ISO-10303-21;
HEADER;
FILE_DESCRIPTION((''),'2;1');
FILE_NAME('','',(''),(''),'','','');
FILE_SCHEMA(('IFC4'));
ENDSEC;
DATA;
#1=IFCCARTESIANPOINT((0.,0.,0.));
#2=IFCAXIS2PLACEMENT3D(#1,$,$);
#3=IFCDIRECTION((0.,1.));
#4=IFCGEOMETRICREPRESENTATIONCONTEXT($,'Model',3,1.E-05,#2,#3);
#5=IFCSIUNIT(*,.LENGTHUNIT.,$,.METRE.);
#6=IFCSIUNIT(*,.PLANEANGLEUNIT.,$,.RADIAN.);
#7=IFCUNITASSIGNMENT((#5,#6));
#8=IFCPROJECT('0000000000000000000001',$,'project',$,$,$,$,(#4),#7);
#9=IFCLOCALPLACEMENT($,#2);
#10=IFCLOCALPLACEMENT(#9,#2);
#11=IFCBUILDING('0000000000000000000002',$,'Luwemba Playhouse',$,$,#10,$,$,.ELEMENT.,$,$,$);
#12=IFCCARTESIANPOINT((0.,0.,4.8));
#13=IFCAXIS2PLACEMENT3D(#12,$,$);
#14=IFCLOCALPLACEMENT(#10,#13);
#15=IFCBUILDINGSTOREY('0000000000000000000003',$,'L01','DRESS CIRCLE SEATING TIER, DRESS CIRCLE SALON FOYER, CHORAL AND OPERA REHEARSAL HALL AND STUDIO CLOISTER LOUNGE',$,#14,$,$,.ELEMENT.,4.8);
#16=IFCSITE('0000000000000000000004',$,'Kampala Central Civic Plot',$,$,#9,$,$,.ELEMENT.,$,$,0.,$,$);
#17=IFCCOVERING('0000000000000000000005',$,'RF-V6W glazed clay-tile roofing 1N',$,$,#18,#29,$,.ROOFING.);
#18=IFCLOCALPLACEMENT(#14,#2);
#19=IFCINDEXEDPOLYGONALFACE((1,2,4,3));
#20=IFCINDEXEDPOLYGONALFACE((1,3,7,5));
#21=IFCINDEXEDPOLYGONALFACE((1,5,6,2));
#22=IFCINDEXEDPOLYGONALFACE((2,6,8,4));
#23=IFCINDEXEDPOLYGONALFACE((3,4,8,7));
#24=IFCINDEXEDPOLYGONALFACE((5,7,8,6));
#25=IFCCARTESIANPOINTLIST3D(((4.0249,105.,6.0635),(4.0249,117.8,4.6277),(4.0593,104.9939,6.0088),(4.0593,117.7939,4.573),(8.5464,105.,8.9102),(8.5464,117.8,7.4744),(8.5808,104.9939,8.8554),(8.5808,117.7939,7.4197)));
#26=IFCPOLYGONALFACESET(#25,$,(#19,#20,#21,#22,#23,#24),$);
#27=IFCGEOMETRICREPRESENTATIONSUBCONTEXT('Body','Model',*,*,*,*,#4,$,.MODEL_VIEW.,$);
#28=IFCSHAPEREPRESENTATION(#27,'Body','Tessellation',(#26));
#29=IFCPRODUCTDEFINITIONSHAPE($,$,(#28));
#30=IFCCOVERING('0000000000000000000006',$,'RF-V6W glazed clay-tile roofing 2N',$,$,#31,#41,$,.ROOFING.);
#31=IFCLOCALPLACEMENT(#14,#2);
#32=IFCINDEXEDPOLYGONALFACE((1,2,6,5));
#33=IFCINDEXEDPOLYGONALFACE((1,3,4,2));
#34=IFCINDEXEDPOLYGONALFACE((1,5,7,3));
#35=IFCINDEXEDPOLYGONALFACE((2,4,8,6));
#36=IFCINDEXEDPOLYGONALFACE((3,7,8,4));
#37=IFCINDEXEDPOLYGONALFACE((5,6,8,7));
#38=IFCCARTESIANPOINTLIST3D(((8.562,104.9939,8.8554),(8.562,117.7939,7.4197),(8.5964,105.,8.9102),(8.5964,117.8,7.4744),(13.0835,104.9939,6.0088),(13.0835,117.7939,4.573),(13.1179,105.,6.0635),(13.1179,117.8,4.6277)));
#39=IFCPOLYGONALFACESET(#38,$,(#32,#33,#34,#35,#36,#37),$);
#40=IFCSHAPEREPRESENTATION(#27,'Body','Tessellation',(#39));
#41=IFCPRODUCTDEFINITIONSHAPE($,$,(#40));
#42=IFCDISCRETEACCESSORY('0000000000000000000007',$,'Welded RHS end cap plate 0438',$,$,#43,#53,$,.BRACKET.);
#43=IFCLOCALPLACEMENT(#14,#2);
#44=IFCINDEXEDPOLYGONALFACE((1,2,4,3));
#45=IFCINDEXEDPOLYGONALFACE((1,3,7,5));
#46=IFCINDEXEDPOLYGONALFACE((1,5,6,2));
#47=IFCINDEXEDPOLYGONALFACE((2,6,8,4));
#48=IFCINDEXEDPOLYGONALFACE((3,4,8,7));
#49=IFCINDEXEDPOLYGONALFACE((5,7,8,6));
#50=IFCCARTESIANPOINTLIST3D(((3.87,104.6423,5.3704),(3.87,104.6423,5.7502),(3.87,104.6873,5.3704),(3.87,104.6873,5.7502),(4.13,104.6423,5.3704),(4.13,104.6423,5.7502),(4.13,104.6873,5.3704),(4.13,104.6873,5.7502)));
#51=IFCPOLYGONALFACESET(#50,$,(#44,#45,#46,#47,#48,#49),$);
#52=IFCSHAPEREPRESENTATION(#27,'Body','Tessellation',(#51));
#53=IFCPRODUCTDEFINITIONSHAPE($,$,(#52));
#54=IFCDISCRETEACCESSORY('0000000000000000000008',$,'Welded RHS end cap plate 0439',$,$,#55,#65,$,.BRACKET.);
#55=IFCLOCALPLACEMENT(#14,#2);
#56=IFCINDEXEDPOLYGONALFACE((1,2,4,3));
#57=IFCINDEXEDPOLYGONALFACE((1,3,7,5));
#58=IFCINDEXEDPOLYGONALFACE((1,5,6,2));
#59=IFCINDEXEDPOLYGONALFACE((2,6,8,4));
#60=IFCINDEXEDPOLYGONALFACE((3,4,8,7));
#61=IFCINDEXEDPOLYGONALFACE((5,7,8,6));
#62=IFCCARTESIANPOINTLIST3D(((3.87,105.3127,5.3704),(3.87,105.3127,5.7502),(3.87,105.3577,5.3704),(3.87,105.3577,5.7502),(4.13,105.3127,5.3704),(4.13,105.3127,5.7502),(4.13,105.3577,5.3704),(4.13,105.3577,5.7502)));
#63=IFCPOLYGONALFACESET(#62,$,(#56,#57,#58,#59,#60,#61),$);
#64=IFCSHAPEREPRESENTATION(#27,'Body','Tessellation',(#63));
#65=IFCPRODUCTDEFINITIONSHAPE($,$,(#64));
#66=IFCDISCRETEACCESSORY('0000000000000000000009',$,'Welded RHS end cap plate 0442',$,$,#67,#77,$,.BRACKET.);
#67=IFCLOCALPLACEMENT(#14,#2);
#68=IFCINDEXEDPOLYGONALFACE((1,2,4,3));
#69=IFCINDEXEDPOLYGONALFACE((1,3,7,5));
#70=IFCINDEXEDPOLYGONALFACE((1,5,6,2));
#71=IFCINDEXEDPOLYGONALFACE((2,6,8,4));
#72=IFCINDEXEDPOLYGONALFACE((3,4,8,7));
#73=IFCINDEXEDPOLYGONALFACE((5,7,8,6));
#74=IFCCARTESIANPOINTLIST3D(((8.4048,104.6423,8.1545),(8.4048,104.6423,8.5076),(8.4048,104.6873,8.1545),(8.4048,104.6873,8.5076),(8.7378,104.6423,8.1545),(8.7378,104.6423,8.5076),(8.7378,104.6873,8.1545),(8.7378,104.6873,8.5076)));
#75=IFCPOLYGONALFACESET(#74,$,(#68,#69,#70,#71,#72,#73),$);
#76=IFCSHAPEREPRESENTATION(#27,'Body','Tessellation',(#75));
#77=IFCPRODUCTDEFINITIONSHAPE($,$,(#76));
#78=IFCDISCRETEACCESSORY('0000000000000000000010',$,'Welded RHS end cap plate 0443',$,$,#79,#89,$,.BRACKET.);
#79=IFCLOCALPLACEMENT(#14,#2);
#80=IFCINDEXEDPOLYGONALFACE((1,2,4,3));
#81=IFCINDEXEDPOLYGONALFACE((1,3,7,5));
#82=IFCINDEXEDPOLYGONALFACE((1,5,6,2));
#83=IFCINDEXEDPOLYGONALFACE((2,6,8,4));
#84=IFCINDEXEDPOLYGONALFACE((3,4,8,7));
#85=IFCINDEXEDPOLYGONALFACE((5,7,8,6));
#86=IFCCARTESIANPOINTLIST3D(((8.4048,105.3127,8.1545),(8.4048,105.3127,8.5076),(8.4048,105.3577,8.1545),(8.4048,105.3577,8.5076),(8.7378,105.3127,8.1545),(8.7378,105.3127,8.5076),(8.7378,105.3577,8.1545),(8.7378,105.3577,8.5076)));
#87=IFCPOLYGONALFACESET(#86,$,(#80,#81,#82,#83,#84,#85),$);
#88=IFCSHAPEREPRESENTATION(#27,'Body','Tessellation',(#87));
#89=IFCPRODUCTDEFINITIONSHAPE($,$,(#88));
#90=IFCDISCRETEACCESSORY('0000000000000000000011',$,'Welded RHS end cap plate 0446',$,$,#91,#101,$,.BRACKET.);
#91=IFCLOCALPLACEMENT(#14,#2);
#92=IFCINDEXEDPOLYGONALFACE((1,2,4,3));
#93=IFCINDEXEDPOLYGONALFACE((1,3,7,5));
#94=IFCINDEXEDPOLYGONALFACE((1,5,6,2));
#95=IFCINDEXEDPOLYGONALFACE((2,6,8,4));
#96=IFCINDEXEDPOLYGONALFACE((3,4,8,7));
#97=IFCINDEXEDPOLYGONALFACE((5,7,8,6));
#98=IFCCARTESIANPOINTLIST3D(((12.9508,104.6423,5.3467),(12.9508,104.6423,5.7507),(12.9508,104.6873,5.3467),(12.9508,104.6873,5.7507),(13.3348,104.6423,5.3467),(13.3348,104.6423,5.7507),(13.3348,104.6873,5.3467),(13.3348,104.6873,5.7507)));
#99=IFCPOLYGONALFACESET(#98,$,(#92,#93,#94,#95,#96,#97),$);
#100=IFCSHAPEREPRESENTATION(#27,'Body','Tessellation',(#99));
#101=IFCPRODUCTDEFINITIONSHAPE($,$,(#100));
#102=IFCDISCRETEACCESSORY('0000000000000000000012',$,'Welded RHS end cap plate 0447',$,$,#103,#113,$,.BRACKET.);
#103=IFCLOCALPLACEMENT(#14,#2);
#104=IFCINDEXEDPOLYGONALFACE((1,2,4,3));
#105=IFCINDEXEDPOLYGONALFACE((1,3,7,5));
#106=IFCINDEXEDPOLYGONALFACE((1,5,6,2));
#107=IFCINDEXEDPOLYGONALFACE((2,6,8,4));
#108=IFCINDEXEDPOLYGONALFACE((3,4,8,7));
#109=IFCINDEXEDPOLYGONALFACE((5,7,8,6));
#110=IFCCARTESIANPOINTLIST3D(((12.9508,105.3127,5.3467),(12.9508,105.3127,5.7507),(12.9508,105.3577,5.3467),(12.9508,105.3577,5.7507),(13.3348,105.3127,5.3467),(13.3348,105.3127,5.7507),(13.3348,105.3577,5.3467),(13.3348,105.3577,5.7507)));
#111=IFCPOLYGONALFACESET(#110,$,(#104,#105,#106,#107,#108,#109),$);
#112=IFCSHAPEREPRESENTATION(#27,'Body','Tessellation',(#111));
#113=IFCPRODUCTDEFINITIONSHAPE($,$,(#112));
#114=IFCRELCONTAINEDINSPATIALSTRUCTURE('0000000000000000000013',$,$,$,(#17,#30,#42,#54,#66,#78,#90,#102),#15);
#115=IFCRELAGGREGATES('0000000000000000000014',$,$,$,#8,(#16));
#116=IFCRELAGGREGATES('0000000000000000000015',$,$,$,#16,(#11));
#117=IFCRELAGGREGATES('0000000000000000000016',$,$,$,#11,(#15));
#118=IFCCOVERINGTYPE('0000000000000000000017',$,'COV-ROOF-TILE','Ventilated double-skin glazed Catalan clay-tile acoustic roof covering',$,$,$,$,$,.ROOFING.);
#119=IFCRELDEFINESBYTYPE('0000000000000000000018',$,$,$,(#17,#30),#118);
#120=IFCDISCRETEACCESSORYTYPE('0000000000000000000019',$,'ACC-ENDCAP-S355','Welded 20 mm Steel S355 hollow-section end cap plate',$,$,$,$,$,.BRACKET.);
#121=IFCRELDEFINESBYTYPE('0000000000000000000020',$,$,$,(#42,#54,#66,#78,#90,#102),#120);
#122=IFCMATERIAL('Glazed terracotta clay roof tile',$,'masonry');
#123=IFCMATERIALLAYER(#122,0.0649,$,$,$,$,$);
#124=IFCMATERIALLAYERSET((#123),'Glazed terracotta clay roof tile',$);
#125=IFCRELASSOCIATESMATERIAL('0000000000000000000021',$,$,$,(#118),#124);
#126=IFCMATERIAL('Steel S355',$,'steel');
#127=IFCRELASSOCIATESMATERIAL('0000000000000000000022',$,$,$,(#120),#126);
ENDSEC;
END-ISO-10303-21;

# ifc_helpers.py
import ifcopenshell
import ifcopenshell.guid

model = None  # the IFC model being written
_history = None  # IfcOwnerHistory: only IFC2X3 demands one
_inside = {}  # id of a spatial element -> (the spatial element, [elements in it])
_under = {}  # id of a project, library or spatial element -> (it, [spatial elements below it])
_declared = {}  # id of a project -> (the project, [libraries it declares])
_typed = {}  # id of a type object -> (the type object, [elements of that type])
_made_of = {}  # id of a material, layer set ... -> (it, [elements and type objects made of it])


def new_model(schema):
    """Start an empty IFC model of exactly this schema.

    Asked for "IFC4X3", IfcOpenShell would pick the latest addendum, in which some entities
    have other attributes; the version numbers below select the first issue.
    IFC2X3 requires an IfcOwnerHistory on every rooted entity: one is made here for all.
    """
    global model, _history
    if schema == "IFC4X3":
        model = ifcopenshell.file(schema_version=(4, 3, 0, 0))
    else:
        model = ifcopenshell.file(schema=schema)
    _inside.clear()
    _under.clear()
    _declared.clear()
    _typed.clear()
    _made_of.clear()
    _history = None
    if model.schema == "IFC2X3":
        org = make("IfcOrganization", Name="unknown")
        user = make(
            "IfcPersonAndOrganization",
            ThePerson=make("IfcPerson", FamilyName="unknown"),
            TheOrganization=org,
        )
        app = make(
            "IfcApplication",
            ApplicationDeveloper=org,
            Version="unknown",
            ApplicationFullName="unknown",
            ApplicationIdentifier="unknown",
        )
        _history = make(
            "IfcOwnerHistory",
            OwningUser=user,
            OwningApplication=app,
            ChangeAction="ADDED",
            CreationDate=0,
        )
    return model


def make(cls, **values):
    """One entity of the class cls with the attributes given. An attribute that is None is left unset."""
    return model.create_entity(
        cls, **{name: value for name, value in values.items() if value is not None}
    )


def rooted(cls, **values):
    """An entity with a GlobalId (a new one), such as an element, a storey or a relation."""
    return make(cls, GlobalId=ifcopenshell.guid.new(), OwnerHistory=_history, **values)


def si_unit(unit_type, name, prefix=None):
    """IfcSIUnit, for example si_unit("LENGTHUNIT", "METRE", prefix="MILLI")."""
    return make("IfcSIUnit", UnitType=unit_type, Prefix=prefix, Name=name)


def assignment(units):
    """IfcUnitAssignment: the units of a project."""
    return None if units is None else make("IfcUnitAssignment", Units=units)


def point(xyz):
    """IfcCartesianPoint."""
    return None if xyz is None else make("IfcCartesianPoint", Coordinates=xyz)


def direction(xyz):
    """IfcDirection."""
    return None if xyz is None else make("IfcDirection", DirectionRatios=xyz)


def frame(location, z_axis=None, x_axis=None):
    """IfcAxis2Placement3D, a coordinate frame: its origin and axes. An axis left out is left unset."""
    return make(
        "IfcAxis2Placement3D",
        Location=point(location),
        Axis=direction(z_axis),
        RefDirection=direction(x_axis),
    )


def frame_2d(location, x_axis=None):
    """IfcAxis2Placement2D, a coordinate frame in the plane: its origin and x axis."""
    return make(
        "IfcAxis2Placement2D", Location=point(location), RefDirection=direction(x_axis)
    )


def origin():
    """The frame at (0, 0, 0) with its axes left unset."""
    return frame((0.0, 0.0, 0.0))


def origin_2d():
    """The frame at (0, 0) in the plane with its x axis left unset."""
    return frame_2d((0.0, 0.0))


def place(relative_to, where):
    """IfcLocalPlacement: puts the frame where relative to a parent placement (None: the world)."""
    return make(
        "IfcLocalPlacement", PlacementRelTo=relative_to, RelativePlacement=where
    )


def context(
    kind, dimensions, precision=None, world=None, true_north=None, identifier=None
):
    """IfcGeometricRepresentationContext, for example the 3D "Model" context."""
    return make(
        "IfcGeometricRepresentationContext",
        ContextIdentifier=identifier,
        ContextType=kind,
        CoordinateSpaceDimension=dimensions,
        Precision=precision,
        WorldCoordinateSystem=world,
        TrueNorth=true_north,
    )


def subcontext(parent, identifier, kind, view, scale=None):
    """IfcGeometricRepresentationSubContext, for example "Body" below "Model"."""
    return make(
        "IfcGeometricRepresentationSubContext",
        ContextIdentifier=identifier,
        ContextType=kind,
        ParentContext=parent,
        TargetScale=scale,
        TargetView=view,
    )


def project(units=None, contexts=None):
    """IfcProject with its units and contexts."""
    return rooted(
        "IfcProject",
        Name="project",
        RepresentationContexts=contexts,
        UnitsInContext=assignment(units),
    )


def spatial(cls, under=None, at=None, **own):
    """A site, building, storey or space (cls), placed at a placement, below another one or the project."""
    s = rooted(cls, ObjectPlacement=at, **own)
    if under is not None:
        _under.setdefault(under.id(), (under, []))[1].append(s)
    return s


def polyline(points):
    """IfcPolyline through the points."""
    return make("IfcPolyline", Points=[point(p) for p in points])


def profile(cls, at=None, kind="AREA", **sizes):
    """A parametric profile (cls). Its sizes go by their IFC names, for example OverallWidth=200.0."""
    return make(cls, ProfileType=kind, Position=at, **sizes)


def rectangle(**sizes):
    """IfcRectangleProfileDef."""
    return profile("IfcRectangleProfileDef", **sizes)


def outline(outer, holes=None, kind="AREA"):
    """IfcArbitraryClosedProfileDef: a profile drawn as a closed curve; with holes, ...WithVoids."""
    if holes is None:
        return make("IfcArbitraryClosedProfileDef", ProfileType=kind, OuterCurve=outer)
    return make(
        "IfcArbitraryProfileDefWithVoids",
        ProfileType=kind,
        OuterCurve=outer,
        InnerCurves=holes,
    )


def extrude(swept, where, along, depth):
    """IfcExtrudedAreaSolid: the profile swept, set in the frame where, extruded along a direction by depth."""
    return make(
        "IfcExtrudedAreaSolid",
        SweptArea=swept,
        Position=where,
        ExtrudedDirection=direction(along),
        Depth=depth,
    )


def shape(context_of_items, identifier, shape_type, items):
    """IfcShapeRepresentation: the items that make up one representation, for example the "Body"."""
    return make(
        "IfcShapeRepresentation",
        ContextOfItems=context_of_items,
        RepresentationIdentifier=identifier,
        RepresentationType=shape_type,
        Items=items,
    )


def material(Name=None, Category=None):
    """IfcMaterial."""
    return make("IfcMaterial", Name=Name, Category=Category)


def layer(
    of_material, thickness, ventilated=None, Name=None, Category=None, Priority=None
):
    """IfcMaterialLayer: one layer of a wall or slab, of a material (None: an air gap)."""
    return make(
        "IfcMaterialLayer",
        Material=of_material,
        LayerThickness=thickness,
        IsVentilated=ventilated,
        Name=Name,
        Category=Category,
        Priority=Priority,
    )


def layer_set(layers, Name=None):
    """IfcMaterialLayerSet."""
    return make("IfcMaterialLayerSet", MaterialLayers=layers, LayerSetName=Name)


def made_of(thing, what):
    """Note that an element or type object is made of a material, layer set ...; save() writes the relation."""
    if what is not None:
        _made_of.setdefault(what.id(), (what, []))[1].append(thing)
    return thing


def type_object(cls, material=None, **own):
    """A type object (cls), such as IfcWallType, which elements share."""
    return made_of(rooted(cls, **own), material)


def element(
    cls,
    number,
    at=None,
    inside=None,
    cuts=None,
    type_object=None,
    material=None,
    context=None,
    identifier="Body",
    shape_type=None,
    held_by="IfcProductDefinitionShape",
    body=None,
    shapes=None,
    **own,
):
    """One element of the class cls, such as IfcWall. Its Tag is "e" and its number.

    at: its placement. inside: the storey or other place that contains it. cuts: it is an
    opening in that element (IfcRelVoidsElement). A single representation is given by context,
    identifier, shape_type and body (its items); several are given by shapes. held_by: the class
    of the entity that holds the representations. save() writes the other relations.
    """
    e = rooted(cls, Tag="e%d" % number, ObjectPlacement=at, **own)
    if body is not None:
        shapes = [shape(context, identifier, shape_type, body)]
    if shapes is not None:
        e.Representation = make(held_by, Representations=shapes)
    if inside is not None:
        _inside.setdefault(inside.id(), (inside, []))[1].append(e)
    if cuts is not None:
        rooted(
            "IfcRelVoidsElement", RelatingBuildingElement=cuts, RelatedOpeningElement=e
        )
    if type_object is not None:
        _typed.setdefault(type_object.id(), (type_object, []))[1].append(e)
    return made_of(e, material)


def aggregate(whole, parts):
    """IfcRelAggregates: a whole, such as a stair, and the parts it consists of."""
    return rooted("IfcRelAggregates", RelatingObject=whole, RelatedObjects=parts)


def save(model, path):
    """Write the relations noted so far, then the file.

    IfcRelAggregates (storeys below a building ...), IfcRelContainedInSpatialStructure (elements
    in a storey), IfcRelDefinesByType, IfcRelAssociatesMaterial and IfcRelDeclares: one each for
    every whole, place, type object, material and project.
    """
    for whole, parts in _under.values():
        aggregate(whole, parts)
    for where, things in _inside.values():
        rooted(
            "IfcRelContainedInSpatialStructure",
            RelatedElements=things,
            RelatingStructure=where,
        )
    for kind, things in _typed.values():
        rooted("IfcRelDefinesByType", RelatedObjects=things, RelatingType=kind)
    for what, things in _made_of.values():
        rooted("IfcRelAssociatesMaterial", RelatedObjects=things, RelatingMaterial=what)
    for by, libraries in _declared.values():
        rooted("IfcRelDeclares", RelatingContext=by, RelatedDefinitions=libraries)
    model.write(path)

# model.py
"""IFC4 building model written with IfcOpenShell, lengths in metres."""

from ifc_helpers import new_model, si_unit, direction, frame, origin, origin_2d, place, context, subcontext, project, spatial, polyline, rectangle, outline, extrude, material, layer, layer_set, type_object, element, save


model = new_model("IFC4")

# Units and contexts
model_context = context("Model", 3, precision=1e-05, world=origin(), true_north=direction((0.0, 1.0)))
body_context = subcontext(model_context, "Body", "Model", "MODEL_VIEW")
ifc_project = project(units=[si_unit("LENGTHUNIT", "METRE"), si_unit("PLANEANGLEUNIT", "RADIAN")], contexts=[model_context])

# Site, building, storey
site_placement = place(None, origin())
site = spatial("IfcSite", under=ifc_project, at=site_placement, Name="Kampala Central Civic Plot", CompositionType="ELEMENT", RefElevation=0.0)
building_placement = place(site_placement, origin())
building = spatial("IfcBuilding", under=site, at=building_placement, Name="Luwemba Playhouse", CompositionType="ELEMENT")
storey_placement = place(building_placement, frame((0.0, 0.0, 4.8)))
storey = spatial("IfcBuildingStorey", under=building, at=storey_placement, Name="L01", Description="DRESS CIRCLE SEATING TIER, DRESS CIRCLE SALON FOYER, CHORAL AND OPERA REHEARSAL HALL AND STUDIO CLOISTER LOUNGE", CompositionType="ELEMENT", Elevation=4.8)

# Shared definitions
ifc_material_1 = material(Name="Steel S355", Category="steel")

# Coverings
ifc_material_2 = material(Name="Glazed terracotta clay roof tile", Category="masonry")
ifc_layer_1 = layer(ifc_material_2, 0.0649)
ifc_layer_set_1 = layer_set([ifc_layer_1], Name="Glazed terracotta clay roof tile")
covering_type = type_object("IfcCoveringType", Name="COV-ROOF-TILE", Description="Ventilated double-skin glazed Catalan clay-tile acoustic roof covering", PredefinedType="ROOFING", material=ifc_layer_set_1)
covering_1_placement = place(storey_placement, frame((4.0249, 105.0, 6.0635), z_axis=(-0.530405, 0.094499, 0.842461), x_axis=(0.846248, 0.0, 0.532789)))
element("IfcCovering", 1, at=covering_1_placement, inside=storey, type_object=covering_type, Name="RF-V6W glazed clay-tile roofing 1N", PredefinedType="ROOFING", context=body_context, shape_type="SweptSolid", body=[
    extrude(outline(polyline([(0.0, 0.0), (5.343, 0.0), (4.578, 12.8576), (-0.765, 12.8576), (0.0, 0.0)])), origin(), (0.0, 0.0, -1.0), 0.0649),
])
covering_2_placement = place(storey_placement, frame((8.5964, 105.0, 8.9102), z_axis=(0.530405, 0.094499, 0.842461), x_axis=(0.846248, 0.0, -0.532789)))
element("IfcCovering", 2, at=covering_2_placement, inside=storey, type_object=covering_type, Name="RF-V6W glazed clay-tile roofing 2N", PredefinedType="ROOFING", context=body_context, shape_type="SweptSolid", body=[
    extrude(outline(polyline([(0.0, 0.0), (5.343, 0.0), (6.108, 12.8576), (0.765, 12.8576), (0.0, 0.0)])), origin(), (0.0, 0.0, -1.0), 0.0649),
])

# Discrete accessories
discrete_accessory_type = type_object("IfcDiscreteAccessoryType", Name="ACC-ENDCAP-S355", Description="Welded 20 mm Steel S355 hollow-section end cap plate", PredefinedType="BRACKET", material=ifc_material_1)
for number, where, z_axis, x_axis, name in (
    (3, (4.0, 104.6648, 5.3704), (0.0, 0.0, 1.0), (1.0, 0.0, 0.0), "Welded RHS end cap plate 0438"),
    (4, (4.0, 105.3352, 5.3704), (0.0, 0.0, 1.0), (1.0, 0.0, 0.0), "Welded RHS end cap plate 0439"),
):
    element("IfcDiscreteAccessory", number, at=place(storey_placement, frame(where, z_axis=z_axis, x_axis=x_axis)), inside=storey, type_object=discrete_accessory_type, Name=name, PredefinedType="BRACKET", context=body_context, shape_type="SweptSolid", body=[
        extrude(rectangle(XDim=0.26, YDim=0.0449, at=origin_2d()), origin(), (0.0, 0.0, 1.0), 0.3799),
    ])
for number, where, z_axis, x_axis, name in (
    (5, (8.5713, 104.6648, 8.1545), (0.0, 0.0, 1.0), (1.0, 0.0, 0.0), "Welded RHS end cap plate 0442"),
    (6, (8.5713, 105.3352, 8.1545), (0.0, 0.0, 1.0), (1.0, 0.0, 0.0), "Welded RHS end cap plate 0443"),
):
    element("IfcDiscreteAccessory", number, at=place(storey_placement, frame(where, z_axis=z_axis, x_axis=x_axis)), inside=storey, type_object=discrete_accessory_type, Name=name, PredefinedType="BRACKET", context=body_context, shape_type="SweptSolid", body=[
        extrude(rectangle(XDim=0.333, YDim=0.0449, at=origin_2d()), origin(), (0.0, 0.0, 1.0), 0.353),
    ])
for number, where, z_axis, x_axis, name in (
    (7, (13.1428, 104.6648, 5.3467), (0.0, 0.0, 1.0), (1.0, 0.0, 0.0), "Welded RHS end cap plate 0446"),
    (8, (13.1428, 105.3352, 5.3467), (0.0, 0.0, 1.0), (1.0, 0.0, 0.0), "Welded RHS end cap plate 0447"),
):
    element("IfcDiscreteAccessory", number, at=place(storey_placement, frame(where, z_axis=z_axis, x_axis=x_axis)), inside=storey, type_object=discrete_accessory_type, Name=name, PredefinedType="BRACKET", context=body_context, shape_type="SweptSolid", body=[
        extrude(rectangle(XDim=0.384, YDim=0.0449, at=origin_2d()), origin(), (0.0, 0.0, 1.0), 0.4041),
    ])

save(model, "model.ifc")
